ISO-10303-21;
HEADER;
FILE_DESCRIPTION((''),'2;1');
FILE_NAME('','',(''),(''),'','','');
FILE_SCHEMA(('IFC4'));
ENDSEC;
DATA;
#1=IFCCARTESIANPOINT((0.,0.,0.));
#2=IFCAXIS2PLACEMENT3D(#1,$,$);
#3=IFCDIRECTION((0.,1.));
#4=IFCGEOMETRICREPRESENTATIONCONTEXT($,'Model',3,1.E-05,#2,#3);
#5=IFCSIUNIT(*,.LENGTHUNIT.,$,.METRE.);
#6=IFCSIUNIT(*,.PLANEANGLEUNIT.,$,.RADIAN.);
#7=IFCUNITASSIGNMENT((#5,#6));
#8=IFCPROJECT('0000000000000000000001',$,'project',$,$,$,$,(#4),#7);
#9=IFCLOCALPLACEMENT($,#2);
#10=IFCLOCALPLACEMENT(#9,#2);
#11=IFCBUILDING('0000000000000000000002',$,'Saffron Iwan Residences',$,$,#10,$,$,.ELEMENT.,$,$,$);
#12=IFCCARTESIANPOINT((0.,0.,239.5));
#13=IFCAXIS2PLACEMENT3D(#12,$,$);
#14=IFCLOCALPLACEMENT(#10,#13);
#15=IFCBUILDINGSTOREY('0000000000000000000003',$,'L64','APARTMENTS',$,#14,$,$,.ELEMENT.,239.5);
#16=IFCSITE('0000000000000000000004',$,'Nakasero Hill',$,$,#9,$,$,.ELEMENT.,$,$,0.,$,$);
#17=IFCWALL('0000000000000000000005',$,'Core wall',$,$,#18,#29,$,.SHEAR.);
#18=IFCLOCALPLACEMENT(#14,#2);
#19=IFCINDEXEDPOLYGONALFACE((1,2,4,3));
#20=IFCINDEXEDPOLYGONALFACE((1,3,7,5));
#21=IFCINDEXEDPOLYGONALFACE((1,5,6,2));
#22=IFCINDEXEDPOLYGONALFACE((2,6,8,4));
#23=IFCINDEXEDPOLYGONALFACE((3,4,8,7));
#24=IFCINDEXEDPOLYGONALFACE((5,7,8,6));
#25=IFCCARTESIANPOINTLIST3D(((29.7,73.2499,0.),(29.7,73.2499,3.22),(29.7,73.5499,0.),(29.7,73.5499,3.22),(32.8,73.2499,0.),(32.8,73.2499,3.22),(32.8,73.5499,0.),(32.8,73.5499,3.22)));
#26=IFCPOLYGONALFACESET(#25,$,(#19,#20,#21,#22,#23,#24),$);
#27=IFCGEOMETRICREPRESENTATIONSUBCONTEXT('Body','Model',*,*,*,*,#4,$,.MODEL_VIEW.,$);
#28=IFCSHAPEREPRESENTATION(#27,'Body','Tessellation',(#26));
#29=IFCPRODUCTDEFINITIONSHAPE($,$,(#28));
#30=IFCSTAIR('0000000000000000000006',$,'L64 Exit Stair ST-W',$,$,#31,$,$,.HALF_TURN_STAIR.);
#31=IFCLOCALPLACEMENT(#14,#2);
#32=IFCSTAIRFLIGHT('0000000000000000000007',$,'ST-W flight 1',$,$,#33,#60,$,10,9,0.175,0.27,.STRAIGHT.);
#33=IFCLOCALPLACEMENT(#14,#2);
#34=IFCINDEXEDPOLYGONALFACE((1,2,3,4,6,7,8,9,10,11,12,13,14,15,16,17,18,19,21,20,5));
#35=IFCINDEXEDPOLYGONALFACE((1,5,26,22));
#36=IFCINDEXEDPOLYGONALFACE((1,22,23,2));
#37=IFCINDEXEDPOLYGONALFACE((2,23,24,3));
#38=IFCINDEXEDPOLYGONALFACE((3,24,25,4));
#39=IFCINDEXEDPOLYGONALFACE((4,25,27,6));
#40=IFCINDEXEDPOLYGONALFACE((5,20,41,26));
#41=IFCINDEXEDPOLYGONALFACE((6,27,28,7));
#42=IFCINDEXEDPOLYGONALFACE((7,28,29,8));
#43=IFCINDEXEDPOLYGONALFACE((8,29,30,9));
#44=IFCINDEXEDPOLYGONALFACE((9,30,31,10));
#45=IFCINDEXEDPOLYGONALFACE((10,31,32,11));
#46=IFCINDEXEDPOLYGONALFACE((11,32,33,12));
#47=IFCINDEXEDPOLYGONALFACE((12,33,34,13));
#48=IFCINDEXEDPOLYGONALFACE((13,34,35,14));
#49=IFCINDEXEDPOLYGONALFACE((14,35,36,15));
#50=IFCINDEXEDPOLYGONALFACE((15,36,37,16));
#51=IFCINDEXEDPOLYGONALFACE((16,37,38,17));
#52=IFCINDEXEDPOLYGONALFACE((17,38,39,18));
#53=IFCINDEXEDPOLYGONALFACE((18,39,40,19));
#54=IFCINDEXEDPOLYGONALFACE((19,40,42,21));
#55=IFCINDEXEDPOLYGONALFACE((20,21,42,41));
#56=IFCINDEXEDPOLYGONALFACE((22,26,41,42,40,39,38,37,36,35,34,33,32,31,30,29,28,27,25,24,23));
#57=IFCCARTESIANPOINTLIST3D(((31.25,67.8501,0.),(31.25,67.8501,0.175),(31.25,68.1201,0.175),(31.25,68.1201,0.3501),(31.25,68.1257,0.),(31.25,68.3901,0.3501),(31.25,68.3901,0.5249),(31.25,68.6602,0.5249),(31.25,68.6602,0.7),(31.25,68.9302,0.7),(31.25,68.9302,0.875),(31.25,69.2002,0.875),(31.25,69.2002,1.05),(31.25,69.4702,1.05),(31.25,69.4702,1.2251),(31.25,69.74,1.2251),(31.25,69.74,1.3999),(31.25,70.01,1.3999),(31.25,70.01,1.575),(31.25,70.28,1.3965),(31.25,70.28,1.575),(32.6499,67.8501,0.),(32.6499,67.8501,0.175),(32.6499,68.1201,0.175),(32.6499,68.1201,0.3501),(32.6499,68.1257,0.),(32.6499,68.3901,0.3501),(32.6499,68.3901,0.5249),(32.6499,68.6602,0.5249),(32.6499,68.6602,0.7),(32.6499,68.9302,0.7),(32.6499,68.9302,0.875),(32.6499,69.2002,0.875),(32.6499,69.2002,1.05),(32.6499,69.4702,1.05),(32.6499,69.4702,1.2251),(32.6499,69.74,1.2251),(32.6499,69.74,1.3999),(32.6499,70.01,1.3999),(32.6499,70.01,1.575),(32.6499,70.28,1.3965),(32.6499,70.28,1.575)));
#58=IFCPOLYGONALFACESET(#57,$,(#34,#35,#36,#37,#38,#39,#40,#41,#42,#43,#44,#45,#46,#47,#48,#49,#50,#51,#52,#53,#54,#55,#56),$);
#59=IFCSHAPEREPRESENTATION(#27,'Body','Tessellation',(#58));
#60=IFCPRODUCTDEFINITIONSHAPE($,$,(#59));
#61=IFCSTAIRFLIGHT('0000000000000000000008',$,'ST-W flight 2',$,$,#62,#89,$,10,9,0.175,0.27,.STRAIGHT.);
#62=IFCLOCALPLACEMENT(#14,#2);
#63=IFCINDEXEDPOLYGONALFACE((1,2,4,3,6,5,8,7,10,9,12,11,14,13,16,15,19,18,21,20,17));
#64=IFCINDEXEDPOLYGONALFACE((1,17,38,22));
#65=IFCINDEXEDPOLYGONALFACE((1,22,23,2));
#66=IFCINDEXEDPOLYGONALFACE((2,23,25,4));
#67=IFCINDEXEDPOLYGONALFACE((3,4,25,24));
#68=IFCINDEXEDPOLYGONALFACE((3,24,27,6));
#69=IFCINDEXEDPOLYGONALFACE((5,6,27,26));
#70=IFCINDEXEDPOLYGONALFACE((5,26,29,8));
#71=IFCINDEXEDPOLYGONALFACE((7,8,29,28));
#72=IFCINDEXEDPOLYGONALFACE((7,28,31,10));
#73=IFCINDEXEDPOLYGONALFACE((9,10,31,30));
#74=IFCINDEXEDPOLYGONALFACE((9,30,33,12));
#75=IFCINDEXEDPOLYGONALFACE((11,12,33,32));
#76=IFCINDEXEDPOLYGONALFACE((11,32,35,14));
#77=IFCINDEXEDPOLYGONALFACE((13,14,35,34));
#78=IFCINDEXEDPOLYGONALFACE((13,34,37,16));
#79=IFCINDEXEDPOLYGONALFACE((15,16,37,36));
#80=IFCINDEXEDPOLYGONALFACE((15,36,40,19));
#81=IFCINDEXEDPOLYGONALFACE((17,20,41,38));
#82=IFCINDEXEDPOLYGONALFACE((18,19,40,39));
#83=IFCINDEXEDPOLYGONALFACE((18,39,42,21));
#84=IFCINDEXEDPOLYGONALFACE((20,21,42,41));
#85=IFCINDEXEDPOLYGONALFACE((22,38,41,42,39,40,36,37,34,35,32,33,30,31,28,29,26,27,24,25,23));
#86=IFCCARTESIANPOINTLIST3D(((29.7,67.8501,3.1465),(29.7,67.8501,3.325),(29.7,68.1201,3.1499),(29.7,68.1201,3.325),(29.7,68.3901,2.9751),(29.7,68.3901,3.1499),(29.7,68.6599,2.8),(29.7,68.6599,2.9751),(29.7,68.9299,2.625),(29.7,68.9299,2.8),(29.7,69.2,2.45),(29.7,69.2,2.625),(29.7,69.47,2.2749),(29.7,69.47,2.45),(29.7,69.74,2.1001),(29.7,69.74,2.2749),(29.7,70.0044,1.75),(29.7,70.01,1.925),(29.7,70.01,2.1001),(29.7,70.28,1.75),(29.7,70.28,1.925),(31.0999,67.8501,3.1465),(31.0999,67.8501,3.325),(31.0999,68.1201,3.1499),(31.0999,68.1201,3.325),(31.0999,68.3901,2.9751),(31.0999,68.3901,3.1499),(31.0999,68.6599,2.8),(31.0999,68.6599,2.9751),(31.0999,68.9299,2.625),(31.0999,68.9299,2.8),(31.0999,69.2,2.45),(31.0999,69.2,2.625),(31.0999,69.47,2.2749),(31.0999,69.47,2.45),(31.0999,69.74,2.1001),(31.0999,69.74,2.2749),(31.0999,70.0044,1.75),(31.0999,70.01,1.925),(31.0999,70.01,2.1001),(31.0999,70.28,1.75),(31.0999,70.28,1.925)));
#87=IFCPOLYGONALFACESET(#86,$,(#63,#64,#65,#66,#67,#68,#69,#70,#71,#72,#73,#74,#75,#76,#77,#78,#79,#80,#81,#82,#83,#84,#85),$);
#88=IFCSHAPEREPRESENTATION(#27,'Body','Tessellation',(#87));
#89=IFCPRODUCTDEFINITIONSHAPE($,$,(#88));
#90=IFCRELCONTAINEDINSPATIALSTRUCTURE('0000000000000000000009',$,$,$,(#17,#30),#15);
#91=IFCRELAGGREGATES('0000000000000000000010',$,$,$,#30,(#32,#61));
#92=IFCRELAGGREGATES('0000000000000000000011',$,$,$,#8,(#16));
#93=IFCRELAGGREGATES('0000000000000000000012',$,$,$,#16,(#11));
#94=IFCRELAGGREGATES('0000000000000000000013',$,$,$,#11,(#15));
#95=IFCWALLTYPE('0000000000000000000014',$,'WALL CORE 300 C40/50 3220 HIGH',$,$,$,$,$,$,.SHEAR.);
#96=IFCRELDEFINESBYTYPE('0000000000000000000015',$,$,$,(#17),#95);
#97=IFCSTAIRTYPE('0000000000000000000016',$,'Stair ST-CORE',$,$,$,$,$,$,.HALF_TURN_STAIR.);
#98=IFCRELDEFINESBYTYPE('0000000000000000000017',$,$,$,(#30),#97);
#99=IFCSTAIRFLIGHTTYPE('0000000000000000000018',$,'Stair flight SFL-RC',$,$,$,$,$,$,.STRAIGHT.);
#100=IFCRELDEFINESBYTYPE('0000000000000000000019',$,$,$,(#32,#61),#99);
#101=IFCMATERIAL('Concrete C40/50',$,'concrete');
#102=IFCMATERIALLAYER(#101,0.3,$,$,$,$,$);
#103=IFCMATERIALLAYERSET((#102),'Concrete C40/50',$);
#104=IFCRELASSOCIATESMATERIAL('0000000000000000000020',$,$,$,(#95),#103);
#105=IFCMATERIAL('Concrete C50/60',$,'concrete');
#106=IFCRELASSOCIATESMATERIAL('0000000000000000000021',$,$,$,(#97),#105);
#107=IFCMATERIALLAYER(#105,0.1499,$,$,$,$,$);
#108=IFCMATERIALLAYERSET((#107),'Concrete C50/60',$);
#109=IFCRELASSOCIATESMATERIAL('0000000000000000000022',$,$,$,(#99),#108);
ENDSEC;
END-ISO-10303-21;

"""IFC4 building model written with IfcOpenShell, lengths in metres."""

from ifc_helpers import new_model, si_unit, direction, frame, frame_2d, origin, place, context, subcontext, project, spatial, polyline, rectangle, outline, extrude, material, layer, layer_set, type_object, element, aggregate, save


model = new_model("IFC4")

# Units and contexts
model_context = context("Model", 3, precision=1e-05, world=origin(), true_north=direction((0.0, 1.0)))
body_context = subcontext(model_context, "Body", "Model", "MODEL_VIEW")
ifc_project = project(units=[si_unit("LENGTHUNIT", "METRE"), si_unit("PLANEANGLEUNIT", "RADIAN")], contexts=[model_context])

# Site, building, storey
site_placement = place(None, origin())
site = spatial("IfcSite", under=ifc_project, at=site_placement, Name="Nakasero Hill", CompositionType="ELEMENT", RefElevation=0.0)
building_placement = place(site_placement, origin())
building = spatial("IfcBuilding", under=site, at=building_placement, Name="Saffron Iwan Residences", CompositionType="ELEMENT")
storey_placement = place(building_placement, frame((0.0, 0.0, 239.5)))
storey = spatial("IfcBuildingStorey", under=building, at=storey_placement, Name="L64", Description="APARTMENTS", CompositionType="ELEMENT", Elevation=239.5)

# Wall
ifc_material_1 = material(Name="Concrete C40/50", Category="concrete")
ifc_layer_1 = layer(ifc_material_1, 0.3)
ifc_layer_set_1 = layer_set([ifc_layer_1], Name="Concrete C40/50")
wall_type = type_object("IfcWallType", Name="WALL CORE 300 C40/50 3220 HIGH", PredefinedType="SHEAR", material=ifc_layer_set_1)
wall_placement = place(storey_placement, frame((29.7, 73.3999, 0.0), z_axis=(0.0, 0.0, 1.0), x_axis=(1.0, 0.0, 0.0)))
element("IfcWall", 1, at=wall_placement, inside=storey, type_object=wall_type, Name="Core wall", PredefinedType="SHEAR", context=body_context, shape_type="SweptSolid", body=[
    extrude(rectangle(XDim=3.1001, YDim=0.3, at=frame_2d((1.55, 0.0))), origin(), (0.0, 0.0, 1.0), 3.22),
])

# Stair, stair flights
ifc_material_2 = material(Name="Concrete C50/60", Category="concrete")
stair_type = type_object("IfcStairType", Name="Stair ST-CORE", PredefinedType="HALF_TURN_STAIR", material=ifc_material_2)
stair_placement = place(storey_placement, origin())
stair = element("IfcStair", 2, at=stair_placement, inside=storey, type_object=stair_type, Name="L64 Exit Stair ST-W", PredefinedType="HALF_TURN_STAIR")
ifc_layer_2 = layer(ifc_material_2, 0.1499)
ifc_layer_set_2 = layer_set([ifc_layer_2], Name="Concrete C50/60")
stair_flight_type = type_object("IfcStairFlightType", Name="Stair flight SFL-RC", PredefinedType="STRAIGHT", material=ifc_layer_set_2)
stair_flight_1_placement = place(storey_placement, frame((31.95, 67.8501, 0.0), z_axis=(0.0, 0.0, 1.0), x_axis=(0.0, 1.0, 0.0)))
stair_flight_1 = element("IfcStairFlight", 3, at=stair_flight_1_placement, type_object=stair_flight_type, Name="ST-W flight 1", NumberOfRisers=10, NumberOfTreads=9, PredefinedType="STRAIGHT", RiserHeight=0.175, TreadLength=0.27, context=body_context, shape_type="SweptSolid", body=[
    extrude(outline(polyline([(0.0, 0.0), (0.0, 0.175), (0.27, 0.175), (0.27, 0.3501), (0.54, 0.3501), (0.54, 0.5249), (0.8101, 0.5249), (0.8101, 0.7), (1.0801, 0.7), (1.0801, 0.875), (1.3501, 0.875), (1.3501, 1.05), (1.6201, 1.05), (1.6201, 1.2251), (1.8899, 1.2251), (1.8899, 1.3999), (2.1599, 1.3999), (2.1599, 1.575), (2.4299, 1.575), (2.4299, 1.75), (2.4299, 1.3965), (0.2756, 0.0), (0.0, 0.0)])), frame((0.0, 0.7, 0.0), z_axis=(0.0, -1.0, 0.0), x_axis=(1.0, 0.0, 0.0)), (0.0, 0.0, 1.0), 1.3999),
])
stair_flight_2_placement = place(storey_placement, frame((30.3999, 70.28, 1.75), z_axis=(0.0, 0.0, 1.0), x_axis=(0.0, -1.0, 0.0)))
stair_flight_2 = element("IfcStairFlight", 4, at=stair_flight_2_placement, type_object=stair_flight_type, Name="ST-W flight 2", NumberOfRisers=10, NumberOfTreads=9, PredefinedType="STRAIGHT", RiserHeight=0.175, TreadLength=0.27, context=body_context, shape_type="SweptSolid", body=[
    extrude(outline(polyline([(0.0, 0.0), (0.0, 0.175), (0.27, 0.175), (0.27, 0.3501), (0.54, 0.3501), (0.54, 0.5249), (0.8101, 0.5249), (0.8101, 0.7), (1.0801, 0.7), (1.0801, 0.875), (1.3501, 0.875), (1.3501, 1.05), (1.6201, 1.05), (1.6201, 1.2251), (1.8899, 1.2251), (1.8899, 1.3999), (2.1599, 1.3999), (2.1599, 1.575), (2.4299, 1.575), (2.4299, 1.75), (2.4299, 1.3965), (0.2756, 0.0), (0.0, 0.0)])), frame((0.0, 0.7, 0.0), z_axis=(0.0, -1.0, 0.0), x_axis=(1.0, 0.0, 0.0)), (0.0, 0.0, 1.0), 1.3999),
])
aggregate(stair, [stair_flight_1, stair_flight_2])

save(model, "model.ifc")
